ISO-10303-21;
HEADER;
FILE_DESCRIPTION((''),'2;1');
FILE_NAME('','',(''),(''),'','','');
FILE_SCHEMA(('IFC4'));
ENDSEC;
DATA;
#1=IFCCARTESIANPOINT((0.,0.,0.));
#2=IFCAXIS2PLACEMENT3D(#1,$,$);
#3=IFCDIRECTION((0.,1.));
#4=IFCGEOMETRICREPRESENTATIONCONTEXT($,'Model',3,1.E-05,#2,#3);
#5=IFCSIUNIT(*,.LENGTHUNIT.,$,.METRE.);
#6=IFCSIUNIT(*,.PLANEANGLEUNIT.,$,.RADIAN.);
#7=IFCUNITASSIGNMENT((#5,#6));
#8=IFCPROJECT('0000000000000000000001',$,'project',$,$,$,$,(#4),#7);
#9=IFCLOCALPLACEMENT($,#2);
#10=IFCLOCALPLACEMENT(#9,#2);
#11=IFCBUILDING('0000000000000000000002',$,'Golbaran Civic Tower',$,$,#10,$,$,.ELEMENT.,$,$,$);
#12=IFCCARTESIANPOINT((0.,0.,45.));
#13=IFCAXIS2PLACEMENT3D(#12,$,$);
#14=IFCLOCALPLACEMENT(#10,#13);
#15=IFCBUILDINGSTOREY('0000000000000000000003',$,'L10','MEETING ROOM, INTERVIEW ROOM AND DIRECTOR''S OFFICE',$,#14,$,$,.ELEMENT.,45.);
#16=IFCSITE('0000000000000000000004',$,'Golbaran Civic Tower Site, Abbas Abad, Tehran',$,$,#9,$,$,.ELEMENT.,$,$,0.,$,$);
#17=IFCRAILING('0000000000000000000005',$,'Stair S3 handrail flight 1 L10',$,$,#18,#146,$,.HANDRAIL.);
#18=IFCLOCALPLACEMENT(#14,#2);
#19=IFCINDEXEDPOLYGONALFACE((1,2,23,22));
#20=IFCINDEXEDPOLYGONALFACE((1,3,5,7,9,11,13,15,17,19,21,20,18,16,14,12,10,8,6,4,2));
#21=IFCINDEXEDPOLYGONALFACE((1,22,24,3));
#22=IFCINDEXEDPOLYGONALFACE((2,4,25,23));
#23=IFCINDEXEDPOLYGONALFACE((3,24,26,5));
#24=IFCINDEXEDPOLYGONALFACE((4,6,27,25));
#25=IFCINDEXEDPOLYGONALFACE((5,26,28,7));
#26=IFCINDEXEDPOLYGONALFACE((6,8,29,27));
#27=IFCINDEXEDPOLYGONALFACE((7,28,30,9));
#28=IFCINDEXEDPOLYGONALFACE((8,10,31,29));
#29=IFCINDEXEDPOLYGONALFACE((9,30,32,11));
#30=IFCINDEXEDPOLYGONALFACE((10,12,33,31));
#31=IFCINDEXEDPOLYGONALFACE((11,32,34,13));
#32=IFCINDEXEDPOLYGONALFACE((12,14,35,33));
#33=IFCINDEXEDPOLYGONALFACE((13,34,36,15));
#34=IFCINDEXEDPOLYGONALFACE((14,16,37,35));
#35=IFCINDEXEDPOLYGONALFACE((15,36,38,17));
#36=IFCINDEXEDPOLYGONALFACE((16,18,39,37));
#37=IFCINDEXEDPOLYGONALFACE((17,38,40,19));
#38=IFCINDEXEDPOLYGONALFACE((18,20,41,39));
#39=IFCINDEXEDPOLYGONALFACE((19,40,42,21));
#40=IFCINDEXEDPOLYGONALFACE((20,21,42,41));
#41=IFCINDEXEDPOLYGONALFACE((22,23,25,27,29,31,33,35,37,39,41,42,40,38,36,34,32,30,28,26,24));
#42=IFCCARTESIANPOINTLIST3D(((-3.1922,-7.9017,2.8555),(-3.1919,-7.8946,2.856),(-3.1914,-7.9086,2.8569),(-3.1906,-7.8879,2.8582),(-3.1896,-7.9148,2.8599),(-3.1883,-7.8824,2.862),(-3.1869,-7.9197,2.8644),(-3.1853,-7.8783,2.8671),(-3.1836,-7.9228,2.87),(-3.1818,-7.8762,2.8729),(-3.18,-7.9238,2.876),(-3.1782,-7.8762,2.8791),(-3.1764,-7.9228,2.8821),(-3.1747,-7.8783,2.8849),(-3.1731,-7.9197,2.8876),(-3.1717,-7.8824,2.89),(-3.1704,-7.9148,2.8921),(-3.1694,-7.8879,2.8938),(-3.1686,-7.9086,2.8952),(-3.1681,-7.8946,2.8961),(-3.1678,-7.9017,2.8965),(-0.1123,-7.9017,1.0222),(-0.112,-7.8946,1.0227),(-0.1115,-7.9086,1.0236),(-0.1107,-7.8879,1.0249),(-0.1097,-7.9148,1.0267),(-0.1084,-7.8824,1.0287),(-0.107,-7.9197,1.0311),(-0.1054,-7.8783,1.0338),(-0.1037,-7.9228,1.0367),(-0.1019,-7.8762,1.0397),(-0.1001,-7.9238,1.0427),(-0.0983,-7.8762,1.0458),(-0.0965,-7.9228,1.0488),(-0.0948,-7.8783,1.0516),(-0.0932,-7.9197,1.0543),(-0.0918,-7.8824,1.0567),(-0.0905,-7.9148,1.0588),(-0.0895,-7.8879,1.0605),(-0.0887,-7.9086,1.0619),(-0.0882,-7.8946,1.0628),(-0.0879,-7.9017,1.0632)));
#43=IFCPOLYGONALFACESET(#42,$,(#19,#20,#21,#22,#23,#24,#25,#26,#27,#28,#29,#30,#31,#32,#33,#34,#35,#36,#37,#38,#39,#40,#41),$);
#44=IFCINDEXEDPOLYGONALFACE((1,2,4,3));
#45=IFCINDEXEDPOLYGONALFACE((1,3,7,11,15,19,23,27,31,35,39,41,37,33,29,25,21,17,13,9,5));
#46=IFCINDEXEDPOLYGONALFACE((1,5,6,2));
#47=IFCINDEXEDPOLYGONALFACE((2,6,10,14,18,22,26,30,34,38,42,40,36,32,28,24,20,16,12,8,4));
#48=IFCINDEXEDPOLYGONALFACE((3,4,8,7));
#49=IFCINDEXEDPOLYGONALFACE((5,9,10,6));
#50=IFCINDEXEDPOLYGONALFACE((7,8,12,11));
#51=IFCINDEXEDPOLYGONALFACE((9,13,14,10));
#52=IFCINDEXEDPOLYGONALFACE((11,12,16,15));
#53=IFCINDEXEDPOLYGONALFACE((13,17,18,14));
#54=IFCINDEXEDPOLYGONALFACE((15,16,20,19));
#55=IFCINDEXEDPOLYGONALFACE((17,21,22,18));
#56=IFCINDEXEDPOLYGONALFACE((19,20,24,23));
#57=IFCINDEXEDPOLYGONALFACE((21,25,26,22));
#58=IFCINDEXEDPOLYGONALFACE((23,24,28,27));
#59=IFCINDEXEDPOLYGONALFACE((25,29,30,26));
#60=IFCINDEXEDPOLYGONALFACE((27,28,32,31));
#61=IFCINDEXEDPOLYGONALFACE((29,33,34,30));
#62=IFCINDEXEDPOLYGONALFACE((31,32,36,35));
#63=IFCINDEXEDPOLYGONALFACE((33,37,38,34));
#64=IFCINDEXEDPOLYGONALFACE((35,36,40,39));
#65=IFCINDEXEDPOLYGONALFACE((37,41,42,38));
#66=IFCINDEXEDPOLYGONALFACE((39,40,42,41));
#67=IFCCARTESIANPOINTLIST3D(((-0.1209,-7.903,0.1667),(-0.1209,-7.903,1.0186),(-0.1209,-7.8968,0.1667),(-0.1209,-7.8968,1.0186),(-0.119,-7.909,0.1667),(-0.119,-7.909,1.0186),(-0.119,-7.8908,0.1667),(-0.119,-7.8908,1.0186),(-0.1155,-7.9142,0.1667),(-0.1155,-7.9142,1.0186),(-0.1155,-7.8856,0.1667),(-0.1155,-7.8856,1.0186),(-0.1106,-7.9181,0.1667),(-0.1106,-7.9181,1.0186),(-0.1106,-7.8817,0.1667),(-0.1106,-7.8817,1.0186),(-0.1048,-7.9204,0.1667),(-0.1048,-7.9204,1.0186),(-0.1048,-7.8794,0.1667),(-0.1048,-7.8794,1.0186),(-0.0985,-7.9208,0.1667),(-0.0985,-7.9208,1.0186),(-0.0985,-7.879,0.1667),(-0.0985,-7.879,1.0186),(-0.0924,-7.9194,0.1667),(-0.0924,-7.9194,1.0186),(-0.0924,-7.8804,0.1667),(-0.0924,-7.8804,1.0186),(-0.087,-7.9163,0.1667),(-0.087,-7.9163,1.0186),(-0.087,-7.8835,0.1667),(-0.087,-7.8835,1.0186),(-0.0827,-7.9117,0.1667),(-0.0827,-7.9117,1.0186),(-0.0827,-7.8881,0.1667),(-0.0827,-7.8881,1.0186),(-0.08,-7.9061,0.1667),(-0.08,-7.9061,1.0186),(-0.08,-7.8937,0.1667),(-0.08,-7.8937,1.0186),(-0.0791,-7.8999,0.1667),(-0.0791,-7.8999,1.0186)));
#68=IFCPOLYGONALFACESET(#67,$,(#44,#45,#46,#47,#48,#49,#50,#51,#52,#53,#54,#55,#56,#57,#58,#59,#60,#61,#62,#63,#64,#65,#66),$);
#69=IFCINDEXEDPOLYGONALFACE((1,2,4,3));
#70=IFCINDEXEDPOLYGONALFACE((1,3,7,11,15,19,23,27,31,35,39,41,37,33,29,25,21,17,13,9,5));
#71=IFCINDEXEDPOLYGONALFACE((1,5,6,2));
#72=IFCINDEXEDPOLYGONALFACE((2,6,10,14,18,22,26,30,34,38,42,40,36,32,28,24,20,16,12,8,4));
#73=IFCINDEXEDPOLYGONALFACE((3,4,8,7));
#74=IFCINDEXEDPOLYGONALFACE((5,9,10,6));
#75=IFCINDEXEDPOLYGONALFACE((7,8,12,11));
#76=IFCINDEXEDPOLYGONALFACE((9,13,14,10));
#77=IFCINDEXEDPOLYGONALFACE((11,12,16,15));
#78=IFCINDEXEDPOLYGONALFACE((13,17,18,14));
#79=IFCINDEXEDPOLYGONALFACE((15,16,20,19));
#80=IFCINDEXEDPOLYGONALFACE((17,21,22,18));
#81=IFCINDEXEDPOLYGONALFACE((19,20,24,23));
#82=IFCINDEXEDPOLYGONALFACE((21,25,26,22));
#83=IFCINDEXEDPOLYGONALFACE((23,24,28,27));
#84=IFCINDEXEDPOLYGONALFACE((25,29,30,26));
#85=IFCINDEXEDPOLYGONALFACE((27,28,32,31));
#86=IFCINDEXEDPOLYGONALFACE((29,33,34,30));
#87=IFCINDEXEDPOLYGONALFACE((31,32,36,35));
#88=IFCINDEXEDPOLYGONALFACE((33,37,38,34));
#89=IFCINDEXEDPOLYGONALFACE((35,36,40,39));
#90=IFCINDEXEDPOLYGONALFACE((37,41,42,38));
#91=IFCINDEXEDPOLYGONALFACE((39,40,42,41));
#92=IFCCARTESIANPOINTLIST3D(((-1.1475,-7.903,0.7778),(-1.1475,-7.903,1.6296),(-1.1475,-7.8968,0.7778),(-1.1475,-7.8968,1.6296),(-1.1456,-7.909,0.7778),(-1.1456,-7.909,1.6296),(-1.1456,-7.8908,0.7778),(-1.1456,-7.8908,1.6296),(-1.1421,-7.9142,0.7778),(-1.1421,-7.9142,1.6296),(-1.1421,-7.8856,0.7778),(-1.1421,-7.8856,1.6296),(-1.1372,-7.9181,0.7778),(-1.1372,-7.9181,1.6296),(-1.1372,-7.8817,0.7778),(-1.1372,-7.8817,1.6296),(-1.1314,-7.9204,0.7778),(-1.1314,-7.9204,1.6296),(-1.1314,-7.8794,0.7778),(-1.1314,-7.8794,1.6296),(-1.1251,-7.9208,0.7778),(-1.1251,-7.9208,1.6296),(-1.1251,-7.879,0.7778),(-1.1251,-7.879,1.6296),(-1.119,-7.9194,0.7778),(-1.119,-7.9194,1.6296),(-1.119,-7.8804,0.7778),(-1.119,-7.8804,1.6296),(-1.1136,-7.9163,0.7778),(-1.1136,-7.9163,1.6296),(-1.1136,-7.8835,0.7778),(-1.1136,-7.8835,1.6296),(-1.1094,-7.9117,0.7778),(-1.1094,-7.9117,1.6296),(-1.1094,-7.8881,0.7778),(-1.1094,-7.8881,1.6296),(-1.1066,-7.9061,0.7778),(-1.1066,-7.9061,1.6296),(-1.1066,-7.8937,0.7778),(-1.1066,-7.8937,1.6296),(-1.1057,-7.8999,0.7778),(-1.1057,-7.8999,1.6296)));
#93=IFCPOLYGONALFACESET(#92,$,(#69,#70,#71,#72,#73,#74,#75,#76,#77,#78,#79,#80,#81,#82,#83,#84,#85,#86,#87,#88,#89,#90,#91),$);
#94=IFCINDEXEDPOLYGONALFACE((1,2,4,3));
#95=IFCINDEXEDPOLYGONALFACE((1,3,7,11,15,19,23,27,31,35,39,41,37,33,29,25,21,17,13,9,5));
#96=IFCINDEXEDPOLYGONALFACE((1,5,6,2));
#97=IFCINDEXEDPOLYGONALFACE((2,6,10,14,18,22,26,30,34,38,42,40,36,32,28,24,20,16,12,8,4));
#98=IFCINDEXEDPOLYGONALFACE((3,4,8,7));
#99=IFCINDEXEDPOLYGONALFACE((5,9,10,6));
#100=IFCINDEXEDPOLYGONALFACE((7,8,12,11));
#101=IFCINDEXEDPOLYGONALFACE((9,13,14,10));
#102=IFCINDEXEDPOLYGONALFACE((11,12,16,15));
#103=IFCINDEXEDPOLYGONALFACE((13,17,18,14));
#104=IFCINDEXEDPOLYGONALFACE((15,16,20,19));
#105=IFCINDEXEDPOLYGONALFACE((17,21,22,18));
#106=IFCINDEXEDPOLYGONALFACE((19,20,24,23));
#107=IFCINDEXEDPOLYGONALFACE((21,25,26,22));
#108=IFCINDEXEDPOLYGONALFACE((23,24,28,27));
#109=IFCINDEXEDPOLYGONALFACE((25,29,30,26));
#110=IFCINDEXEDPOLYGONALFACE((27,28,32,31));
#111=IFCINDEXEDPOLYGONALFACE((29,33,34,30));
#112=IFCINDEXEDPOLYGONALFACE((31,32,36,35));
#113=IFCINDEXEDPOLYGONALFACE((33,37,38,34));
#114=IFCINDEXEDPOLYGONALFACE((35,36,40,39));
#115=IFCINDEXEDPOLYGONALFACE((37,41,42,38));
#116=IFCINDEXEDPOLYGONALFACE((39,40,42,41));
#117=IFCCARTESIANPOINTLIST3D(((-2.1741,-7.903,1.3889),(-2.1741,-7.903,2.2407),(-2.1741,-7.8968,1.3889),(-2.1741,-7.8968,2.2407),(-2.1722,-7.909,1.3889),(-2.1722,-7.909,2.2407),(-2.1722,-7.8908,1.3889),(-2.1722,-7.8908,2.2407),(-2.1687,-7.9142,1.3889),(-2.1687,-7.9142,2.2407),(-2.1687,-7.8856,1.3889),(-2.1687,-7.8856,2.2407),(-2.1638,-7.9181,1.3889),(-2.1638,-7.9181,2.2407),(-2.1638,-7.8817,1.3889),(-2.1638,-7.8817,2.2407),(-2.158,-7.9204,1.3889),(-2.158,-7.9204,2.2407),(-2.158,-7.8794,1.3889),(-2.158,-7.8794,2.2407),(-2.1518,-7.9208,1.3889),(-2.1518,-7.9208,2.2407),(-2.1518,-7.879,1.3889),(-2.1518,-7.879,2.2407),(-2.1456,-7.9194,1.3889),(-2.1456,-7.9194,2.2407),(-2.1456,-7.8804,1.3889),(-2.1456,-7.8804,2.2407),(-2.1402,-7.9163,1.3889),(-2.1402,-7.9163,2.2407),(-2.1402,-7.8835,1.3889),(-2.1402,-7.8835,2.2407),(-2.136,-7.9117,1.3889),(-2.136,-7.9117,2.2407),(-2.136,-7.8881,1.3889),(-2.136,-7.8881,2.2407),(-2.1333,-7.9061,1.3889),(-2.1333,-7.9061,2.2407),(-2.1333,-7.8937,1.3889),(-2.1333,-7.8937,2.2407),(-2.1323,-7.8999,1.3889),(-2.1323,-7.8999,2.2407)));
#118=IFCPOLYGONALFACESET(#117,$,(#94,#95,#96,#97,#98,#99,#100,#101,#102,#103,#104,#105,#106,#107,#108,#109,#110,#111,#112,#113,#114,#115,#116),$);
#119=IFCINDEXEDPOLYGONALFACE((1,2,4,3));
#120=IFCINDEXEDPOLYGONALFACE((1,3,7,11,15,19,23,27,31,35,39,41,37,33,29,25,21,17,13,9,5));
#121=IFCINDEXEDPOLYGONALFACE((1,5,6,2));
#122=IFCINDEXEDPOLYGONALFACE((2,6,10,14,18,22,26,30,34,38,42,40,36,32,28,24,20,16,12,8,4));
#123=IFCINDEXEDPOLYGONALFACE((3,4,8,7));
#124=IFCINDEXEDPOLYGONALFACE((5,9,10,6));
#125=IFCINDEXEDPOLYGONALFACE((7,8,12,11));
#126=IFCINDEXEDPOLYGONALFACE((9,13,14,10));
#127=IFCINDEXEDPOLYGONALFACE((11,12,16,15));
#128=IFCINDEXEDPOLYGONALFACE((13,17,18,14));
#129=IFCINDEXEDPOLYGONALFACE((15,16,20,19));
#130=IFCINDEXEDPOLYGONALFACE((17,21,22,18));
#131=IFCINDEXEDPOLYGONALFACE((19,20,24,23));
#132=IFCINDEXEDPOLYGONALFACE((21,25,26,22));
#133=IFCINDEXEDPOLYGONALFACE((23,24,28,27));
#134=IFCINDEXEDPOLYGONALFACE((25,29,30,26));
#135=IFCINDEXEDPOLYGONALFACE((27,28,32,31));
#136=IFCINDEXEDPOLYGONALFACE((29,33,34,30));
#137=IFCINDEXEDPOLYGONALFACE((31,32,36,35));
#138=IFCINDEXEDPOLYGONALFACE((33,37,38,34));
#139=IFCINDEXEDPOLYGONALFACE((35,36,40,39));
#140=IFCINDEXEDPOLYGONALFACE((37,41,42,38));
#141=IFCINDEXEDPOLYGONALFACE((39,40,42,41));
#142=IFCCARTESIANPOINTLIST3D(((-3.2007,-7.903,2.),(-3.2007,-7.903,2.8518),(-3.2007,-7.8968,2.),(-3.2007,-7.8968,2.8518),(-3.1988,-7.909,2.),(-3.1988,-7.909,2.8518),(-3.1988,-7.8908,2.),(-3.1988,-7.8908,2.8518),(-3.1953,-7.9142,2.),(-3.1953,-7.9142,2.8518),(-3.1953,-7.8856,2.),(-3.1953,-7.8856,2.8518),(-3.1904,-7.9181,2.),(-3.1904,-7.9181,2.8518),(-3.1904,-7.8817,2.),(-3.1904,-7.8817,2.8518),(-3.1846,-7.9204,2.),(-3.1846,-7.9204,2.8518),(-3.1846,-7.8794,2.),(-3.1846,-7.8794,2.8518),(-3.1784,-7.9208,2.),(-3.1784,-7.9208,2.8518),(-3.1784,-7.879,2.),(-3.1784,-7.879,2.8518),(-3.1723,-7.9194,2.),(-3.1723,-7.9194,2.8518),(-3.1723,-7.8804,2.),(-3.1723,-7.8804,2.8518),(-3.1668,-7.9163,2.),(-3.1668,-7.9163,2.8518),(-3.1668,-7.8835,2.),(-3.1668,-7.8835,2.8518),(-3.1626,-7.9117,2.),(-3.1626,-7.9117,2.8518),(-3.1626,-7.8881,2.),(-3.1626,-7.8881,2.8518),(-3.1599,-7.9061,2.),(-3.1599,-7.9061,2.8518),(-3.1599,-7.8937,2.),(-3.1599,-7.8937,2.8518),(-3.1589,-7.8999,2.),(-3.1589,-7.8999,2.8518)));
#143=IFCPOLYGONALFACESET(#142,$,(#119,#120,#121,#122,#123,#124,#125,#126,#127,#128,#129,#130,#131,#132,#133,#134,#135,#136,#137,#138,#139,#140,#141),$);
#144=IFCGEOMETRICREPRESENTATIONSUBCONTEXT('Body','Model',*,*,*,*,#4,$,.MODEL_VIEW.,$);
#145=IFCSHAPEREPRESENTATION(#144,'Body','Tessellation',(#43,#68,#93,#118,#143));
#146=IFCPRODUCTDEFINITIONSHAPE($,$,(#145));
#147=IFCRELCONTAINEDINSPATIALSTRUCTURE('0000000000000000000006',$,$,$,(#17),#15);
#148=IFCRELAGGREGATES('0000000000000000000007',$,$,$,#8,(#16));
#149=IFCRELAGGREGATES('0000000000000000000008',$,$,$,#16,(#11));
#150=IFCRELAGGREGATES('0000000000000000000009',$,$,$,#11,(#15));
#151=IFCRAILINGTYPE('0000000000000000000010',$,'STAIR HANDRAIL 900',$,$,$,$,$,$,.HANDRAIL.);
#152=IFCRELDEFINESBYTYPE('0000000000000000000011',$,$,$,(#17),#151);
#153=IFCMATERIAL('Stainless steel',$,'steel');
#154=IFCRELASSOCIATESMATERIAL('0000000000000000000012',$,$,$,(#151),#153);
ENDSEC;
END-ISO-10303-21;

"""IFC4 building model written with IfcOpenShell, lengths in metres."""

from ifc_helpers import new_model, si_unit, direction, frame, origin, origin_2d, place, context, subcontext, project, spatial, circle, extrude, material, type_object, element, save


model = new_model("IFC4")

# Units and contexts
model_context = context("Model", 3, precision=1e-05, world=origin(), true_north=direction((0.0, 1.0)))
body_context = subcontext(model_context, "Body", "Model", "MODEL_VIEW")
ifc_project = project(units=[si_unit("LENGTHUNIT", "METRE"), si_unit("PLANEANGLEUNIT", "RADIAN")], contexts=[model_context])

# Site, building, storey
site_placement = place(None, origin())
site = spatial("IfcSite", under=ifc_project, at=site_placement, Name="Golbaran Civic Tower Site, Abbas Abad, Tehran", CompositionType="ELEMENT", RefElevation=0.0)
building_placement = place(site_placement, origin())
building = spatial("IfcBuilding", under=site, at=building_placement, Name="Golbaran Civic Tower", CompositionType="ELEMENT")
storey_placement = place(building_placement, frame((0.0, 0.0, 45.0)))
storey = spatial("IfcBuildingStorey", under=building, at=storey_placement, Name="L10", Description="MEETING ROOM, INTERVIEW ROOM AND DIRECTOR'S OFFICE", CompositionType="ELEMENT", Elevation=45.0)

# Shared definitions
ifc_material_1 = material(Name="Stainless steel", Category="steel")

# Railing
railing_type = type_object("IfcRailingType", Name="STAIR HANDRAIL 900", PredefinedType="HANDRAIL", material=ifc_material_1)
railing_1_placement = place(storey_placement, frame((-0.1001, -7.8999, 0.1667)))
element("IfcRailing", 1, at=railing_1_placement, inside=storey, type_object=railing_type, Name="Stair S3 handrail flight 1 L10", PredefinedType="HANDRAIL", context=body_context, shape_type="SweptSolid", body=[
    extrude(circle(Radius=0.0239, at=origin_2d()), frame((0.0, 0.0, 0.876), z_axis=(-0.859291, 0.0, 0.511487), x_axis=(0.0, -1.0, 0.0)), (0.0, 0.0, 1.0), 3.5842),
    extrude(circle(Radius=0.021, at=origin_2d()), origin(), (0.0, 0.0, 1.0), 0.8518),
    extrude(circle(Radius=0.021, at=origin_2d()), frame((-1.0266, 0.0, 0.6111)), (0.0, 0.0, 1.0), 0.8518),
    extrude(circle(Radius=0.021, at=origin_2d()), frame((-2.0532, 0.0, 1.2222)), (0.0, 0.0, 1.0), 0.8518),
    extrude(circle(Radius=0.021, at=origin_2d()), frame((-3.0798, 0.0, 1.8333)), (0.0, 0.0, 1.0), 0.8518),
])

save(model, "model.ifc")
